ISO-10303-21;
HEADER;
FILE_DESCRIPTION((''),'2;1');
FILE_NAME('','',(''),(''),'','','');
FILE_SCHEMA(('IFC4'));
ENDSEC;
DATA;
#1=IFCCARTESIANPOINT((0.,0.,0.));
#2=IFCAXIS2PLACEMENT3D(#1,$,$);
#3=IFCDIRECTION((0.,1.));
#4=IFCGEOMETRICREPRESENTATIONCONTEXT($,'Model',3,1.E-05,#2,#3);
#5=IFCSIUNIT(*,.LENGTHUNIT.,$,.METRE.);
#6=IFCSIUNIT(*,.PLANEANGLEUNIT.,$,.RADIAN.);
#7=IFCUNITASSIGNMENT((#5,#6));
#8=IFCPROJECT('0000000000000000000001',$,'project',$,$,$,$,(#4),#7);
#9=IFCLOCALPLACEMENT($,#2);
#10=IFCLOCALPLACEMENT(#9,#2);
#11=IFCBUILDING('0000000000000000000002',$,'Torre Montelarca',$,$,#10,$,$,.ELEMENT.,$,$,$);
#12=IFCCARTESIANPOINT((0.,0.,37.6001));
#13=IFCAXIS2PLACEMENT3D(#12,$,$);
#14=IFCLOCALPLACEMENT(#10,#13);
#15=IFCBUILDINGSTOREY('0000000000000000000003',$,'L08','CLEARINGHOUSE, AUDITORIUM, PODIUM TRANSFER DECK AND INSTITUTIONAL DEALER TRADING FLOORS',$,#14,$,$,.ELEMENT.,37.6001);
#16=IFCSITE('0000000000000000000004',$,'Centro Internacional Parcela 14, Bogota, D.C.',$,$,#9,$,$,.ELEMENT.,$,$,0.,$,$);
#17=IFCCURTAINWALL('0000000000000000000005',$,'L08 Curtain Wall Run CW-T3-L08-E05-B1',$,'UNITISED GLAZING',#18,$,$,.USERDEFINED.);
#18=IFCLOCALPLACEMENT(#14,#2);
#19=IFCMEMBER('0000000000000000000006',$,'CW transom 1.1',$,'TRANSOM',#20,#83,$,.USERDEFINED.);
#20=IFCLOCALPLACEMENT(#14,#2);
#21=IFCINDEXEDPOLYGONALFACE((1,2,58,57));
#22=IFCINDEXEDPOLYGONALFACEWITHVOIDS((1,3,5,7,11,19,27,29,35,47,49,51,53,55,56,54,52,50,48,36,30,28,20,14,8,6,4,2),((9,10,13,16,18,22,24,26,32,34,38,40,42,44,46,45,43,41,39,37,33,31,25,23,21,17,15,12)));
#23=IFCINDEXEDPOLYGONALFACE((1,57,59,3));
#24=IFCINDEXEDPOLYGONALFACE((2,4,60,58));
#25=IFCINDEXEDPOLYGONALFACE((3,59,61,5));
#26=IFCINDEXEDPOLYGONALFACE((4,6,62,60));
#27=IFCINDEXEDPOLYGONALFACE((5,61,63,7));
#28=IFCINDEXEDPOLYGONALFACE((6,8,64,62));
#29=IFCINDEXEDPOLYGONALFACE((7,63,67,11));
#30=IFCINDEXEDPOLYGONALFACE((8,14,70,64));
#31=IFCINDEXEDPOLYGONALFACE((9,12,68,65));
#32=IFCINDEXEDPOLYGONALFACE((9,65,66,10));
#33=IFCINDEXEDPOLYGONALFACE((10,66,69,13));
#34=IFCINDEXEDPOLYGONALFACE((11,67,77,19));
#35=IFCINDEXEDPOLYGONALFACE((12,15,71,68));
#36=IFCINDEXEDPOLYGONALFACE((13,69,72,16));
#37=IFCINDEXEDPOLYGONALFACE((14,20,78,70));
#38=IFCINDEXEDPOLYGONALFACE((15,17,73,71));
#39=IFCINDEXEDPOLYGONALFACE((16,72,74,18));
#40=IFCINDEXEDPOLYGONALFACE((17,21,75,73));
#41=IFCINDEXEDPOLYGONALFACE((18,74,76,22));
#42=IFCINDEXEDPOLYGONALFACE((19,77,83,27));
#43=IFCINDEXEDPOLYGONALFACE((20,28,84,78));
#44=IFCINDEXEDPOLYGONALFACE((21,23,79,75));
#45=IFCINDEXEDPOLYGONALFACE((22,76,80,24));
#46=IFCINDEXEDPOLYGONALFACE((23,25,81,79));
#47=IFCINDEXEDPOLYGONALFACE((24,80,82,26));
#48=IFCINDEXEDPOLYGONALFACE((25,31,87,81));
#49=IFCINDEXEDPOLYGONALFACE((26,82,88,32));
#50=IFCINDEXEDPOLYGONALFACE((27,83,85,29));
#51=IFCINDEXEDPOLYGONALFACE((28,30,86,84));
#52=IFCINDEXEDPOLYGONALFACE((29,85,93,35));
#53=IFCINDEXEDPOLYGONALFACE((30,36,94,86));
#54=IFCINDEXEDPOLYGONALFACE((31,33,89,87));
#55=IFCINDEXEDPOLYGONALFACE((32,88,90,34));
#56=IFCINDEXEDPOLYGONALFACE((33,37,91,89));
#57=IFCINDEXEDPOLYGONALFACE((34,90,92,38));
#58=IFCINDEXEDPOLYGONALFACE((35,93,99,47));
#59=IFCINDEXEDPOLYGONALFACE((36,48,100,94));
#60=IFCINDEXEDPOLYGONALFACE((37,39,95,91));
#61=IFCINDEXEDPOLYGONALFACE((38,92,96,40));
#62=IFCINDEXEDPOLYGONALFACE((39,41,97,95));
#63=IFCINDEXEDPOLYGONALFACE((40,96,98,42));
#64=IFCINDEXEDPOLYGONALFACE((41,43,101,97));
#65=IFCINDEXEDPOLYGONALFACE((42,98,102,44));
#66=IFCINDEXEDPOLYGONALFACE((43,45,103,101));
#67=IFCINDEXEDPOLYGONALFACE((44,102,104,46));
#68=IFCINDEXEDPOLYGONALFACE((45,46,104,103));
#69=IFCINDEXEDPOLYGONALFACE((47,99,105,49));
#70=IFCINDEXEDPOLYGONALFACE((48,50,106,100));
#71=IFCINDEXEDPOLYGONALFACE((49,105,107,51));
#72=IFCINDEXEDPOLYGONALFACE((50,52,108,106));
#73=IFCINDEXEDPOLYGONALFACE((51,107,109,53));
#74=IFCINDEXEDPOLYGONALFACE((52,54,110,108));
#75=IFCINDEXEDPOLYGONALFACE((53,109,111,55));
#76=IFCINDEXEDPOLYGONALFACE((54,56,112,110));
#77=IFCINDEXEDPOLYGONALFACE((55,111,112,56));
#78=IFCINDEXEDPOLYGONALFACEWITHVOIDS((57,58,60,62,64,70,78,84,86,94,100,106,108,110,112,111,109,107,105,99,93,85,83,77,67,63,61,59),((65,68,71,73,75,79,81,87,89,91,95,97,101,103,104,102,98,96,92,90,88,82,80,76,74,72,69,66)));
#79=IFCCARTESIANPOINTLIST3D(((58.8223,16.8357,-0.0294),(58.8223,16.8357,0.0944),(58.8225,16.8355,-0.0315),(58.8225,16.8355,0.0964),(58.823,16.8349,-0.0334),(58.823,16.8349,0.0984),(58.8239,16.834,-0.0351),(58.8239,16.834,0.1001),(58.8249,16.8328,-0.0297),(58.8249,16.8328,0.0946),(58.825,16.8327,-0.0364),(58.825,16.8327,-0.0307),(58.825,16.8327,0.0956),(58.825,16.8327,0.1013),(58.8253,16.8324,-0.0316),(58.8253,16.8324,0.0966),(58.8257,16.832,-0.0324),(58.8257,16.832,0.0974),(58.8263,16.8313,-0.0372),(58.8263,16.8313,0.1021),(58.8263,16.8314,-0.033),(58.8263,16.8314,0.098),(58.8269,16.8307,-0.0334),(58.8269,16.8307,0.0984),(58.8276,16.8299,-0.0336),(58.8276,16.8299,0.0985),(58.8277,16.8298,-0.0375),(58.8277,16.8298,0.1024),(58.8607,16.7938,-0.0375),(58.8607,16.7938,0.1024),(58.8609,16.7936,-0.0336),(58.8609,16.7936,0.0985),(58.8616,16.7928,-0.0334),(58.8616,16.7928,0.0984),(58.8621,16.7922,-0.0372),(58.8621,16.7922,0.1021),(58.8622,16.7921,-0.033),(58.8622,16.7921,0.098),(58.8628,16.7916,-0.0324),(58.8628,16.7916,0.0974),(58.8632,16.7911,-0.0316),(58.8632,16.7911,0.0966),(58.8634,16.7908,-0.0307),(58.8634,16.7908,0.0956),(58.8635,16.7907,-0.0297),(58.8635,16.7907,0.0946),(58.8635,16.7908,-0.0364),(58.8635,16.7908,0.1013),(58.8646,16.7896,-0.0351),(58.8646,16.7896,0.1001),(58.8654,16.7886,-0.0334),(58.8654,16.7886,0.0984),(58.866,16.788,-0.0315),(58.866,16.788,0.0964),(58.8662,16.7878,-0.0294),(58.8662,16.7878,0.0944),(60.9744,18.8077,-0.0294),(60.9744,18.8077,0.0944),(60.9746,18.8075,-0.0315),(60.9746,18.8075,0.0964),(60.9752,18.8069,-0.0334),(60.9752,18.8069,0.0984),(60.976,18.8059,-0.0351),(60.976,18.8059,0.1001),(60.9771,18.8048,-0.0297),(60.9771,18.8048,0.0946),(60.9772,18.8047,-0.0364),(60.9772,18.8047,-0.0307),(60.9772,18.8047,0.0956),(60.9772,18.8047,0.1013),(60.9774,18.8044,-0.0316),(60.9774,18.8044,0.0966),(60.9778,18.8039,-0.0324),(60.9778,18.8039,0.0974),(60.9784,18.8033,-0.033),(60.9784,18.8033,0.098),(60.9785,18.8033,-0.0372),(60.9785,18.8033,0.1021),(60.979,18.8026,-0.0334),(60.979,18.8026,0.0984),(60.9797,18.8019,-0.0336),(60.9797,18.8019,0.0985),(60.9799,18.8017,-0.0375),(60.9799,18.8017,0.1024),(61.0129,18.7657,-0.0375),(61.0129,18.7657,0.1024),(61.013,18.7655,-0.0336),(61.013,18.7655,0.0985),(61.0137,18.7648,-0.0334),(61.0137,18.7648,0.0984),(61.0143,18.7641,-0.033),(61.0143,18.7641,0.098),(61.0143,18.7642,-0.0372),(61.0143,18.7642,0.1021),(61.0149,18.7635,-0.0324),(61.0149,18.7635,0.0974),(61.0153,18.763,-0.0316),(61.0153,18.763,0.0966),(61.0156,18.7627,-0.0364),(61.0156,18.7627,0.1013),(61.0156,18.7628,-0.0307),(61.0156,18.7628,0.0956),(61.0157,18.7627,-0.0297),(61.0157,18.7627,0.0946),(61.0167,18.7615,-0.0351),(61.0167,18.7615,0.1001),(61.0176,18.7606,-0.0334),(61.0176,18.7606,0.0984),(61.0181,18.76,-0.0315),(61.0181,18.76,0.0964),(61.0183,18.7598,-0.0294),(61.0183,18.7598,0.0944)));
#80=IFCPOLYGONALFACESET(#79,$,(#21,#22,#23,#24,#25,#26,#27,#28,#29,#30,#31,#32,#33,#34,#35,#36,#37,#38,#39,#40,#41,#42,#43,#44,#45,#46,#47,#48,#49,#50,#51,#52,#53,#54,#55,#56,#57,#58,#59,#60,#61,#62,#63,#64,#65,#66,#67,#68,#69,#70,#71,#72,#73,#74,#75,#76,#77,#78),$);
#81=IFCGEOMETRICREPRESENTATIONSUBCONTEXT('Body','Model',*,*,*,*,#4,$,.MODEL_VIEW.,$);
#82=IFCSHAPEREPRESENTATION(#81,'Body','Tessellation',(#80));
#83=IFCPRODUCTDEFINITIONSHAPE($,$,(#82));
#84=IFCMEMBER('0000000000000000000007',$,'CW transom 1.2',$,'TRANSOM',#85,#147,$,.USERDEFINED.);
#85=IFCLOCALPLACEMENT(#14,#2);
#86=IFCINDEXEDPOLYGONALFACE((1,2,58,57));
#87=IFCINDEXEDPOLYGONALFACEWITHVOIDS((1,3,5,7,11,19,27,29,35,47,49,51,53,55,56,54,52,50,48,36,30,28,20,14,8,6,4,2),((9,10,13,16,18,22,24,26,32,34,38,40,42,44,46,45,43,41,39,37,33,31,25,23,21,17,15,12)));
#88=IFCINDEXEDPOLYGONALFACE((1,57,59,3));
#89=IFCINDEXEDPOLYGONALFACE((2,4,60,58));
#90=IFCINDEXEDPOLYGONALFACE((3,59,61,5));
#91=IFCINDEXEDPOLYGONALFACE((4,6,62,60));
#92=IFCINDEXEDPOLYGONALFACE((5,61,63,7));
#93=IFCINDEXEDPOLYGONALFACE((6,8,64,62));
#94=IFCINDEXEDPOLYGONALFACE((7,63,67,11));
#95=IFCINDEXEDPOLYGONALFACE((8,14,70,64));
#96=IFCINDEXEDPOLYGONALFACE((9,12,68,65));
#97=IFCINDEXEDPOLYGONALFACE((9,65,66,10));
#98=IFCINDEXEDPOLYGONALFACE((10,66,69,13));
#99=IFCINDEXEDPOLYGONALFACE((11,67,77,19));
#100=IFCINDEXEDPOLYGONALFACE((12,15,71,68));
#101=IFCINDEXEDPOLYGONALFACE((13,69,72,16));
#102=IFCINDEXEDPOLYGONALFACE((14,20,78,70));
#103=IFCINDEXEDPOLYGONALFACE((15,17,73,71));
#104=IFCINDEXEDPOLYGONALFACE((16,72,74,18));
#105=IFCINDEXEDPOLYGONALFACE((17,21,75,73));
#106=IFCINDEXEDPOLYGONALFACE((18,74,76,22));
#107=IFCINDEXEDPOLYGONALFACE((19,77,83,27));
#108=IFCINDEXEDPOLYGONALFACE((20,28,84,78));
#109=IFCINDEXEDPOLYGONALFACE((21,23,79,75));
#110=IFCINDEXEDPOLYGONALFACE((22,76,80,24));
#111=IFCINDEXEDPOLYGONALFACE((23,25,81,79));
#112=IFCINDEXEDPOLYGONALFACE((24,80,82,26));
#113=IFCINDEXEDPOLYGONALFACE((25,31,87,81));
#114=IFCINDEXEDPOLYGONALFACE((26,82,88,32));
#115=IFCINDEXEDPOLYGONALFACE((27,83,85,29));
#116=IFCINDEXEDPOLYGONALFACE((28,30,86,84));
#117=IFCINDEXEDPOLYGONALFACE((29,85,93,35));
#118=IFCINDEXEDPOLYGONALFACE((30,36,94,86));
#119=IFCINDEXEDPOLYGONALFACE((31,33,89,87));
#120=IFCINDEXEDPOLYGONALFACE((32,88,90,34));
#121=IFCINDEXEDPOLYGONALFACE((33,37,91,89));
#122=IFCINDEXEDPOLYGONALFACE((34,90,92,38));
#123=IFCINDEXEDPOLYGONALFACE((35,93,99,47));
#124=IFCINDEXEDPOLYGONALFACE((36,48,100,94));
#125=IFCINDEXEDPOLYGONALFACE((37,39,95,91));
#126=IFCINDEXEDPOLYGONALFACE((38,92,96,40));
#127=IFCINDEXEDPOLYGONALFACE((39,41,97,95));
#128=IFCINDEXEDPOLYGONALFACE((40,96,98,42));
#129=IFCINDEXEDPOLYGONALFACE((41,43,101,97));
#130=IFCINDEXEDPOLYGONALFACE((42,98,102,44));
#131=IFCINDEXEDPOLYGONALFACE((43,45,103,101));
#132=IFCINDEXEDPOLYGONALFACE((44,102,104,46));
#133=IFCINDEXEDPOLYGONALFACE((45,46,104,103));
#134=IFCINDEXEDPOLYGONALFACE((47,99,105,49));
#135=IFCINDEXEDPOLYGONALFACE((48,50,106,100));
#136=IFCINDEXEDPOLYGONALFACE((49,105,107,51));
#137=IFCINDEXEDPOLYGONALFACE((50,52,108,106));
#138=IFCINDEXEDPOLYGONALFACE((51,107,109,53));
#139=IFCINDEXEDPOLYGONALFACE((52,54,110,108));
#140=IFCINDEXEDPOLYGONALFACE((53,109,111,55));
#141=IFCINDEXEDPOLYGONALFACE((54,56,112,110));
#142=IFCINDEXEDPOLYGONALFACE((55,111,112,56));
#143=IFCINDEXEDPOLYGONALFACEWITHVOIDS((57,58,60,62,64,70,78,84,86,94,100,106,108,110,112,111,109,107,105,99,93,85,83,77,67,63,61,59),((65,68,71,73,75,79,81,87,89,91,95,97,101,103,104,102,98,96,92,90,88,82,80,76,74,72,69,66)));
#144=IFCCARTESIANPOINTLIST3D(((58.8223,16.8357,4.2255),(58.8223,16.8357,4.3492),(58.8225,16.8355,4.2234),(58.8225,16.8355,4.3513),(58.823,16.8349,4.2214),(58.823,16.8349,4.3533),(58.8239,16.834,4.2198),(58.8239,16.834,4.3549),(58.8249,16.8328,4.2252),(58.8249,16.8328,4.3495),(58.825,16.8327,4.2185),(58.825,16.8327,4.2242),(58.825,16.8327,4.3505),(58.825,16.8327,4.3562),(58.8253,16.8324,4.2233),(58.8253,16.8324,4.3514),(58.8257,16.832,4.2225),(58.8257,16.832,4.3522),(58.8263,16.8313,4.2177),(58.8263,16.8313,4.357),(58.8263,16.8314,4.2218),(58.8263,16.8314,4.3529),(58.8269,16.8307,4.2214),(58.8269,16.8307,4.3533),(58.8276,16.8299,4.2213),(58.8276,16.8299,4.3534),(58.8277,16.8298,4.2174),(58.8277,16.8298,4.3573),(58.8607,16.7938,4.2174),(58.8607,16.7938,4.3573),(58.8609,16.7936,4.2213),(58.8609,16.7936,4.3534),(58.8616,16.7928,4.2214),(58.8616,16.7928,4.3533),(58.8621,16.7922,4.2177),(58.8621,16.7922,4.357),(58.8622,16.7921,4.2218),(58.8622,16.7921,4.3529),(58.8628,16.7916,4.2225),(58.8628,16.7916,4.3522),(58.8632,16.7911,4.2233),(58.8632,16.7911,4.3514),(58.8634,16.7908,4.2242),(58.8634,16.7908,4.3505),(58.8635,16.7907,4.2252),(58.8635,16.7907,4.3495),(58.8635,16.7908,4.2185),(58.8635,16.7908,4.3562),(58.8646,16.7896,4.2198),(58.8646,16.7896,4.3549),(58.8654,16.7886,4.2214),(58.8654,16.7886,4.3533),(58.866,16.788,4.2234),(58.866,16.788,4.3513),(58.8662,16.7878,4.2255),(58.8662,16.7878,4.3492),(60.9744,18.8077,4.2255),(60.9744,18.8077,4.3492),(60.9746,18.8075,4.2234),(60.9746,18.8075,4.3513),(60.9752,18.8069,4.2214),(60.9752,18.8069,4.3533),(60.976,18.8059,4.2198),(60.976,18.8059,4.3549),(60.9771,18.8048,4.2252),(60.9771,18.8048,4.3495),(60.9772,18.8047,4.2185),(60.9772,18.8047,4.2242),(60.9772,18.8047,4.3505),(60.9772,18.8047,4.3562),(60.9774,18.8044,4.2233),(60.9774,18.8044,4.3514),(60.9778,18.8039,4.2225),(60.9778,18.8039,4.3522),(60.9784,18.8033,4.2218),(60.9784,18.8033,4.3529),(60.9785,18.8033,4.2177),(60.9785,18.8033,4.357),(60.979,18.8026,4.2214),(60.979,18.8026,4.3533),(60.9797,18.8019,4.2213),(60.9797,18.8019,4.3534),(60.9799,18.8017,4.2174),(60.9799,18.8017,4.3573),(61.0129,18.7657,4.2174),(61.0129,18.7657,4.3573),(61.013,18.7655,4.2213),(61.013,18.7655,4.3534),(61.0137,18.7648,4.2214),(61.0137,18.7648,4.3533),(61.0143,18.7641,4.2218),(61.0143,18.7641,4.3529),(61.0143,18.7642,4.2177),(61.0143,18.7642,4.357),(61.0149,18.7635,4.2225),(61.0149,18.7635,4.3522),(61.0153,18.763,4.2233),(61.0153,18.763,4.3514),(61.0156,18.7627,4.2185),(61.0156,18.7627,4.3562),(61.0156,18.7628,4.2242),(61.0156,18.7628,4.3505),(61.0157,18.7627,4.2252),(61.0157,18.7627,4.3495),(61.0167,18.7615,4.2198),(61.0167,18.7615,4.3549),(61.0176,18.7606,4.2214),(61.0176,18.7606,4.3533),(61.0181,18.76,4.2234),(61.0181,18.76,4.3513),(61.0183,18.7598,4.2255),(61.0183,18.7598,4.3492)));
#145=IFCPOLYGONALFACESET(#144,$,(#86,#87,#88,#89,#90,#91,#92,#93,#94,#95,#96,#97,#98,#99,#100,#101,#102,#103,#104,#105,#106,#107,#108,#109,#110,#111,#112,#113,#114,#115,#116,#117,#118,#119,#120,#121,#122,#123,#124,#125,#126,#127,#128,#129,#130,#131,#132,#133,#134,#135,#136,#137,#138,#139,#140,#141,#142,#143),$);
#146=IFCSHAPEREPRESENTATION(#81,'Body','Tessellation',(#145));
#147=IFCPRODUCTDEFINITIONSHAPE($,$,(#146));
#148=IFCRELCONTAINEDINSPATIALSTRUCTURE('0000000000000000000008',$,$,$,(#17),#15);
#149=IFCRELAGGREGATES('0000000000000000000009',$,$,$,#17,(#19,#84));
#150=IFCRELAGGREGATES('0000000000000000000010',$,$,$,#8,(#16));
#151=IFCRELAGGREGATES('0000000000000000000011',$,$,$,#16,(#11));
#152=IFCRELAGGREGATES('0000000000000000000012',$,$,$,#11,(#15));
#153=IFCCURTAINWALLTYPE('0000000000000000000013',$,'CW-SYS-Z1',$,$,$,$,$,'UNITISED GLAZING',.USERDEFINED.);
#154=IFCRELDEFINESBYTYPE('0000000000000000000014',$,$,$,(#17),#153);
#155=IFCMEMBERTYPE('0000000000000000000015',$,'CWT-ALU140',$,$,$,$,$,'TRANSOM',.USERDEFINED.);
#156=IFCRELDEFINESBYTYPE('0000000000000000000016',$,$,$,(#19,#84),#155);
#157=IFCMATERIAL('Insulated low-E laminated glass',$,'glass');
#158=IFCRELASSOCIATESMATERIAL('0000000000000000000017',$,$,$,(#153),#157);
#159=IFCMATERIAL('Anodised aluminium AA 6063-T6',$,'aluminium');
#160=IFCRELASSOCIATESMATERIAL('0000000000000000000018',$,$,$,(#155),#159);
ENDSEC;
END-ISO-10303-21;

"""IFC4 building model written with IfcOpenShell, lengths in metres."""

from ifc_helpers import new_model, si_unit, direction, frame, origin, origin_2d, place, context, subcontext, project, spatial, hollow_rectangle, extrude, source, transform, mapped, material, material_profile, profile_set, type_object, element, aggregate, save


model = new_model("IFC4")

# Units and contexts
model_context = context("Model", 3, precision=1e-05, world=origin(), true_north=direction((0.0, 1.0)))
body_context = subcontext(model_context, "Body", "Model", "MODEL_VIEW")
ifc_project = project(units=[si_unit("LENGTHUNIT", "METRE"), si_unit("PLANEANGLEUNIT", "RADIAN")], contexts=[model_context])

# Site, building, storey
site_placement = place(None, origin())
site = spatial("IfcSite", under=ifc_project, at=site_placement, Name="Centro Internacional Parcela 14, Bogota, D.C.", CompositionType="ELEMENT", RefElevation=0.0)
building_placement = place(site_placement, origin())
building = spatial("IfcBuilding", under=site, at=building_placement, Name="Torre Montelarca", CompositionType="ELEMENT")
storey_placement = place(building_placement, frame((0.0, 0.0, 37.6001)))
storey = spatial("IfcBuildingStorey", under=building, at=storey_placement, Name="L08", Description="CLEARINGHOUSE, AUDITORIUM, PODIUM TRANSFER DECK AND INSTITUTIONAL DEALER TRADING FLOORS", CompositionType="ELEMENT", Elevation=37.6001)

# Curtain wall, members
ifc_material_1 = material(Name="Insulated low-E laminated glass", Category="glass")
curtain_wall_type = type_object("IfcCurtainWallType", Name="CW-SYS-Z1", ElementType="UNITISED GLAZING", PredefinedType="USERDEFINED", material=ifc_material_1)
ifc_material_2 = material(Name="Anodised aluminium AA 6063-T6", Category="aluminium")
ifc_material_profile_1 = material_profile(ifc_material_2, hollow_rectangle(XDim=0.0649, YDim=0.1399, WallThickness=0.0039, InnerFilletRadius=0.0039, OuterFilletRadius=0.0081, at=origin_2d()), Name="ALU65X140X4", Category="aluminium")
ifc_profile_set_1 = profile_set([ifc_material_profile_1], Name="Anodised aluminium AA 6063-T6")
member_type_1 = type_object("IfcMemberType", Name="CWT-ALU140", ElementType="TRANSOM", PredefinedType="USERDEFINED", material=ifc_profile_set_1)
curtain_wall_1_placement = place(storey_placement, origin())
curtain_wall_1 = element("IfcCurtainWall", 1, at=curtain_wall_1_placement, inside=storey, type_object=curtain_wall_type, Name="L08 Curtain Wall Run CW-T3-L08-E05-B1", ObjectType="UNITISED GLAZING", PredefinedType="USERDEFINED")
shared_shape_1 = source(origin(), body_context, "Body", "SweptSolid", [
    extrude(hollow_rectangle(XDim=0.0649, YDim=0.1399, WallThickness=0.0039, InnerFilletRadius=0.0039, OuterFilletRadius=0.0081, at=origin_2d()), origin(), (0.0, 0.0, 1.0), 2.9189),
])
member_1_placement = place(storey_placement, frame((58.8442, 16.8118, 0.0325), z_axis=(0.737296, 0.675569, 0.0), x_axis=(-0.675569, 0.737296, 0.0)))
member_1 = element("IfcMember", 2, at=member_1_placement, type_object=member_type_1, Name="CW transom 1.1", ObjectType="TRANSOM", PredefinedType="USERDEFINED", context=body_context, shape_type="MappedRepresentation", body=[
    mapped(shared_shape_1, transform((0.0, 0.0, 0.0), scale=1.0)),
])
member_2_placement = place(storey_placement, frame((58.8442, 16.8118, 4.2874), z_axis=(0.737296, 0.675569, 0.0), x_axis=(-0.675569, 0.737296, 0.0)))
member_2 = element("IfcMember", 3, at=member_2_placement, type_object=member_type_1, Name="CW transom 1.2", ObjectType="TRANSOM", PredefinedType="USERDEFINED", context=body_context, shape_type="MappedRepresentation", body=[
    mapped(shared_shape_1, transform((0.0, 0.0, 0.0), scale=1.0)),
])

aggregate(curtain_wall_1, [member_1, member_2])

save(model, "model.ifc")
